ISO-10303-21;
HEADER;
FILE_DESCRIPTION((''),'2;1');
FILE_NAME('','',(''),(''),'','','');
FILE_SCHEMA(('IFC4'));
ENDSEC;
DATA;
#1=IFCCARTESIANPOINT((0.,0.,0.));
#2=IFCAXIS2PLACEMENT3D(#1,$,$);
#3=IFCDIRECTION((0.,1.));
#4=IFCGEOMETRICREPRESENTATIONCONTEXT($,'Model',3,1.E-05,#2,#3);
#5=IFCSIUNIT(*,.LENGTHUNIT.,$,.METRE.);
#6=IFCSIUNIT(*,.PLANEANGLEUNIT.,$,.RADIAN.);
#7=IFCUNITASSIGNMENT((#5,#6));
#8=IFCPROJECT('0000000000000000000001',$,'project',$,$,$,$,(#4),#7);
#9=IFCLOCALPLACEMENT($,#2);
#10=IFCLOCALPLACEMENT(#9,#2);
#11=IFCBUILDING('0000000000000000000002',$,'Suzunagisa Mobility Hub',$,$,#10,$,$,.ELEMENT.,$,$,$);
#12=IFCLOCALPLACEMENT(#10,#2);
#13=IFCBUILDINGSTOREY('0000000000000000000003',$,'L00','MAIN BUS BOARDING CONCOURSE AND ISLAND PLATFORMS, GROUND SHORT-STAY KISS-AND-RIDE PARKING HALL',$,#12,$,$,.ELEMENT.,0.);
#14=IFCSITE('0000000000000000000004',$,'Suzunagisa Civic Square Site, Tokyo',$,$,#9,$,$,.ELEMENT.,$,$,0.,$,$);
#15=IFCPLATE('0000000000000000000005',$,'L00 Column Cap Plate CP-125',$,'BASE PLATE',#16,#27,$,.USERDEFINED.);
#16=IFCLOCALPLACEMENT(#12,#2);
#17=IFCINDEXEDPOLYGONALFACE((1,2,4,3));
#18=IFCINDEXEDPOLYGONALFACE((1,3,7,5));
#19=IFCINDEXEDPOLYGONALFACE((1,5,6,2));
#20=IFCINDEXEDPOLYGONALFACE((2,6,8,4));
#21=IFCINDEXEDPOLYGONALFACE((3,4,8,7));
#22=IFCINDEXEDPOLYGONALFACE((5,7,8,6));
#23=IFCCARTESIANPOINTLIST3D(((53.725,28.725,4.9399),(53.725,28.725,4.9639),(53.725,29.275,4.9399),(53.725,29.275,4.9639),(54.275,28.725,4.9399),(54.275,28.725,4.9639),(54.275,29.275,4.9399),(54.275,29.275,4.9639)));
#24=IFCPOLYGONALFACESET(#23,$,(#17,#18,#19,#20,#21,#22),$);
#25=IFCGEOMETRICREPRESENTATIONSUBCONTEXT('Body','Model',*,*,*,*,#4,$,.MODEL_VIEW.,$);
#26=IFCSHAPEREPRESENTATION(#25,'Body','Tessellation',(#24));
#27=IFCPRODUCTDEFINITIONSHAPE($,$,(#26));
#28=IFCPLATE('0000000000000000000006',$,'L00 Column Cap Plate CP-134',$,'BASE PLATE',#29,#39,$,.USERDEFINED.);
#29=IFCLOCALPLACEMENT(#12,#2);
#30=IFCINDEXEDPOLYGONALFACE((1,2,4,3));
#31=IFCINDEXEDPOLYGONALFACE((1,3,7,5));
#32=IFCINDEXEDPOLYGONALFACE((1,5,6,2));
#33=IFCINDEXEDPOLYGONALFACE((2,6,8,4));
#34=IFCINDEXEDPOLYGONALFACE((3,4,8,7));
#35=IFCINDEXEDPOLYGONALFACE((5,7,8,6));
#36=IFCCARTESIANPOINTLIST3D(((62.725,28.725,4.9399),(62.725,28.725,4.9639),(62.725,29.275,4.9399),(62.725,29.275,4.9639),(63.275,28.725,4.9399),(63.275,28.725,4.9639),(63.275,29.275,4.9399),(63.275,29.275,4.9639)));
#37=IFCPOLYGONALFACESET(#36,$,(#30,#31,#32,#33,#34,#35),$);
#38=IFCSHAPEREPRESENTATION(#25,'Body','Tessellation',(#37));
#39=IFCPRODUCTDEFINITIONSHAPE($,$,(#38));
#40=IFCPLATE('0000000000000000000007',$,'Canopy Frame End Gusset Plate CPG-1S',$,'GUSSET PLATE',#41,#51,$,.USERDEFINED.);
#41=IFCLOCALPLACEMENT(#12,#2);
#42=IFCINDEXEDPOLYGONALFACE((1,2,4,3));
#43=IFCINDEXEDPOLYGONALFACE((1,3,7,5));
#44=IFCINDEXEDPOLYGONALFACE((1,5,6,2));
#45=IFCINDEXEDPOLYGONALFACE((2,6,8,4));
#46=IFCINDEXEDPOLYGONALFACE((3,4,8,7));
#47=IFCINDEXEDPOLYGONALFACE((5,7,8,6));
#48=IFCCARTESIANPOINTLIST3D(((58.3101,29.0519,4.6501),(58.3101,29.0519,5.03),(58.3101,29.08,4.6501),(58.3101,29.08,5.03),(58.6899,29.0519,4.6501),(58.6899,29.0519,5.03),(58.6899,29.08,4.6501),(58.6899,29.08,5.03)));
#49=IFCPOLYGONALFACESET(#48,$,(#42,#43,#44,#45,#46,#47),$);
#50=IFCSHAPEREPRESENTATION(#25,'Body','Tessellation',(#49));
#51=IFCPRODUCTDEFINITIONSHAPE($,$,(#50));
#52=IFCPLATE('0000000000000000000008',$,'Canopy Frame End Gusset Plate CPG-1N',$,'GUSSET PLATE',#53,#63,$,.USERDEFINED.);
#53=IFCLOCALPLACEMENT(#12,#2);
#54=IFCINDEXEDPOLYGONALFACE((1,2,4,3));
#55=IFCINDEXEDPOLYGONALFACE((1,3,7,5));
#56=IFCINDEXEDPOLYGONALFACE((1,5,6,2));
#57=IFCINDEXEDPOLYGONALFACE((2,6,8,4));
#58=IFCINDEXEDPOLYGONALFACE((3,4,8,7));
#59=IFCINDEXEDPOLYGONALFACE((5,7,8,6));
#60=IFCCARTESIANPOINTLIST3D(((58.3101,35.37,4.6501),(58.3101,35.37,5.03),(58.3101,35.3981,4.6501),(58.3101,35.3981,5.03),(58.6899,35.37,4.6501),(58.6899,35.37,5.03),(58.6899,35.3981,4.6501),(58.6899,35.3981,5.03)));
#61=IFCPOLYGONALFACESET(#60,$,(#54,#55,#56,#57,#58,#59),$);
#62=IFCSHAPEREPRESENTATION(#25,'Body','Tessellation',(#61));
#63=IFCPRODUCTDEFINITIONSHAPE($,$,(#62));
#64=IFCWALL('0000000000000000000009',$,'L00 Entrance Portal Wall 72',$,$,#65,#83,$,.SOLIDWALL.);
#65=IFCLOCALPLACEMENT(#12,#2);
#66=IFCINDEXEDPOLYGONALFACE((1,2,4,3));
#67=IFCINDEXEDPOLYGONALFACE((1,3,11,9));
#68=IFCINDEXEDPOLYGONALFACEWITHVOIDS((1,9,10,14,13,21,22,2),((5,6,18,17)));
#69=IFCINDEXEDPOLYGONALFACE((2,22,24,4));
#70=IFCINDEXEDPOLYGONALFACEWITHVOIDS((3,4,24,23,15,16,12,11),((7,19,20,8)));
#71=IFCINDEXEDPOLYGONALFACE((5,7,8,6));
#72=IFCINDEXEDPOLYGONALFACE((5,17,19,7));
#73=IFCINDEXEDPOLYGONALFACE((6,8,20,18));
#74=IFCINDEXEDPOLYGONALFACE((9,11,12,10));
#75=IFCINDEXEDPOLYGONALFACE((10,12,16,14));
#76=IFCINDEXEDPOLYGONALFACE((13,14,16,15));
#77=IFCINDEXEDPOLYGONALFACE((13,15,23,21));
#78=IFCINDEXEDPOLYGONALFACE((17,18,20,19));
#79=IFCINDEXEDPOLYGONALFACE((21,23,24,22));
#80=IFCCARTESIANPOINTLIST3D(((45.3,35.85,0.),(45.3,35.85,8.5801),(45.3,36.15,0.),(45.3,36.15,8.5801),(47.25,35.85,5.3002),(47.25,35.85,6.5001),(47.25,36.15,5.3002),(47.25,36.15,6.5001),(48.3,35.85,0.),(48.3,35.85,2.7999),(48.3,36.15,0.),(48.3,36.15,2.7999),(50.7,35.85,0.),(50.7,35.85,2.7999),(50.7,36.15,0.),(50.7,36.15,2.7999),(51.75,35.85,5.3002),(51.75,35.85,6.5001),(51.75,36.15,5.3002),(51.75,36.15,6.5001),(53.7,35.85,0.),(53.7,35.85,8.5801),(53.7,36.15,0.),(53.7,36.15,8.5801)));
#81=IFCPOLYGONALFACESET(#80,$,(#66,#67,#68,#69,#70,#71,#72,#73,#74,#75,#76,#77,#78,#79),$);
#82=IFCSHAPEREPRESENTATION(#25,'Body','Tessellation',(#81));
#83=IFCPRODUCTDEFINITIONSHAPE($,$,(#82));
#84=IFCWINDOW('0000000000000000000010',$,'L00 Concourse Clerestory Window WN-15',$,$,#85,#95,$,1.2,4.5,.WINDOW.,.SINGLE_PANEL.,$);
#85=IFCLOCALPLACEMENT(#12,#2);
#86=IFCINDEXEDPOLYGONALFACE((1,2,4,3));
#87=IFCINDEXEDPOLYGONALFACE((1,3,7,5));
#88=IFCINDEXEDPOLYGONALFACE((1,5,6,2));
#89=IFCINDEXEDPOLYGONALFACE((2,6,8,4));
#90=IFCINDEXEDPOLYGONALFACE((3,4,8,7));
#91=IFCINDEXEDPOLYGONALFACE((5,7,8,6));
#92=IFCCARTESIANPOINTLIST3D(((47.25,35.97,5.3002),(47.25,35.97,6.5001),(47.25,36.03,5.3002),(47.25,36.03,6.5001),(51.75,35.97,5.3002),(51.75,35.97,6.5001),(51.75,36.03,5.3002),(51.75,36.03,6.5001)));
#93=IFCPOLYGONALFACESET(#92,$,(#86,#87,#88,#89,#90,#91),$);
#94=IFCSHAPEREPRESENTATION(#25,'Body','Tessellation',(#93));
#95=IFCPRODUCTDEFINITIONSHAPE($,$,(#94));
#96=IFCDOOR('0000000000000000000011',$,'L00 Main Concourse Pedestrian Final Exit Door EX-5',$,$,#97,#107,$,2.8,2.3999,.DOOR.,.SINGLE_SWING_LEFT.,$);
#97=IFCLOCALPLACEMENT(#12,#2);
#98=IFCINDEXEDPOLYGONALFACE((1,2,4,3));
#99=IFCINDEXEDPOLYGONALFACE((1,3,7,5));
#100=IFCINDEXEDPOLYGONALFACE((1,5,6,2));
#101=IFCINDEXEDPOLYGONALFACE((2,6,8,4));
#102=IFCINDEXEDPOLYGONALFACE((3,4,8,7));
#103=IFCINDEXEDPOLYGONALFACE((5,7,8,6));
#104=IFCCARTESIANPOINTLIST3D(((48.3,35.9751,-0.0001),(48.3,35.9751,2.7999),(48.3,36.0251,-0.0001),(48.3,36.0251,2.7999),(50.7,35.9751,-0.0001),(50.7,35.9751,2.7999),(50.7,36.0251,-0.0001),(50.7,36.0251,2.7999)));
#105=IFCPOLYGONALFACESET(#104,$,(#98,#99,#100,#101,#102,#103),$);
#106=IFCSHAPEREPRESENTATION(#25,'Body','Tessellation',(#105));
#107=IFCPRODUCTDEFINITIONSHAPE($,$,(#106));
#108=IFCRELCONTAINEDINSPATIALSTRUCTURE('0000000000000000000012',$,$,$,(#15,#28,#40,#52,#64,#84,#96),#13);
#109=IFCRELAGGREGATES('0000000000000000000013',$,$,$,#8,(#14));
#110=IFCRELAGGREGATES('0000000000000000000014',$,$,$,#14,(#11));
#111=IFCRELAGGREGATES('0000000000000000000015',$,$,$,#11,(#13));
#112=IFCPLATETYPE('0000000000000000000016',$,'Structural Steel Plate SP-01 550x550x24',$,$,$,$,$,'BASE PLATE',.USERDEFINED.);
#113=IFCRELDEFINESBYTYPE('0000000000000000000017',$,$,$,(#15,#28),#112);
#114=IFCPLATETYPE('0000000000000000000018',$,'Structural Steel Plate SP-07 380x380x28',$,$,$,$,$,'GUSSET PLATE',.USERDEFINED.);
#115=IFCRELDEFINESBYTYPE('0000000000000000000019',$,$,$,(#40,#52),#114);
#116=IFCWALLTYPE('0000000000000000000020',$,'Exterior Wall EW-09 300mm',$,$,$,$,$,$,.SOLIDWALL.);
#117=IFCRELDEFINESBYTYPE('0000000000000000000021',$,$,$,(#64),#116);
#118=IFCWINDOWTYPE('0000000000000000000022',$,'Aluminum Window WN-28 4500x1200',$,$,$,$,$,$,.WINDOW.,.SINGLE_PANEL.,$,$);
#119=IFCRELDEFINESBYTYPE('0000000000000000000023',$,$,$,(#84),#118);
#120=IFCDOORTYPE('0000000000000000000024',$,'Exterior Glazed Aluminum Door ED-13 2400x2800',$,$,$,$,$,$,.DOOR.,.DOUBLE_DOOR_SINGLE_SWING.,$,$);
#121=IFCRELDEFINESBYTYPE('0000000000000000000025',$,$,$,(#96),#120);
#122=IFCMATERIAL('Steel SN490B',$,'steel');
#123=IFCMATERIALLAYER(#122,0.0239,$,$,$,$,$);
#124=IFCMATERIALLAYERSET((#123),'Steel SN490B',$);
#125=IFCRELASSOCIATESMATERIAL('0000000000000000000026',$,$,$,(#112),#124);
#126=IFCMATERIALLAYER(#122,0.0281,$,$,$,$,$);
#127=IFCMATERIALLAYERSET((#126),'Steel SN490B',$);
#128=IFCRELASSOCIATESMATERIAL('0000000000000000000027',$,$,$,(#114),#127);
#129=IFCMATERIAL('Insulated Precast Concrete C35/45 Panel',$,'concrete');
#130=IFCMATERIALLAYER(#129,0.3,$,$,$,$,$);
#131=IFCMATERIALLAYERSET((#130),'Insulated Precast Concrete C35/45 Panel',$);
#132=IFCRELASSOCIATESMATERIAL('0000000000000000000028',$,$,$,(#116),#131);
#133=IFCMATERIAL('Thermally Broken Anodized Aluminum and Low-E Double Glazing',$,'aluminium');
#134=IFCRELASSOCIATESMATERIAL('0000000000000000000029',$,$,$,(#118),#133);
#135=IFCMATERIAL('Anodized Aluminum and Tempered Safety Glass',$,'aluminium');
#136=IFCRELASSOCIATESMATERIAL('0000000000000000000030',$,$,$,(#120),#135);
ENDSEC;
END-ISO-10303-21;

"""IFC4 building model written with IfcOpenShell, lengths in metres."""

from ifc_helpers import new_model, si_unit, direction, frame, frame_2d, origin, origin_2d, place, context, subcontext, project, spatial, rectangle, extrude, material, layer, layer_set, type_object, element, fill, save


model = new_model("IFC4")

# Units and contexts
model_context = context("Model", 3, precision=1e-05, world=origin(), true_north=direction((0.0, 1.0)))
body_context = subcontext(model_context, "Body", "Model", "MODEL_VIEW")
ifc_project = project(units=[si_unit("LENGTHUNIT", "METRE"), si_unit("PLANEANGLEUNIT", "RADIAN")], contexts=[model_context])

# Site, building, storey
site_placement = place(None, origin())
site = spatial("IfcSite", under=ifc_project, at=site_placement, Name="Suzunagisa Civic Square Site, Tokyo", CompositionType="ELEMENT", RefElevation=0.0)
building_placement = place(site_placement, origin())
building = spatial("IfcBuilding", under=site, at=building_placement, Name="Suzunagisa Mobility Hub", CompositionType="ELEMENT")
storey_placement = place(building_placement, origin())
storey = spatial("IfcBuildingStorey", under=building, at=storey_placement, Name="L00", Description="MAIN BUS BOARDING CONCOURSE AND ISLAND PLATFORMS, GROUND SHORT-STAY KISS-AND-RIDE PARKING HALL", CompositionType="ELEMENT", Elevation=0.0)

# Shared definitions
ifc_material_1 = material(Name="Steel SN490B", Category="steel")

# Plates
ifc_layer_1 = layer(ifc_material_1, 0.0239)
ifc_layer_set_1 = layer_set([ifc_layer_1], Name="Steel SN490B")
plate_type_1 = type_object("IfcPlateType", Name="Structural Steel Plate SP-01 550x550x24", ElementType="BASE PLATE", PredefinedType="USERDEFINED", material=ifc_layer_set_1)
for number, where, z_axis, x_axis, name in (
    (1, (54.0, 29.0, 4.9399), (0.0, 0.0, 1.0), (1.0, 0.0, 0.0), "L00 Column Cap Plate CP-125"),
    (2, (63.0, 29.0, 4.9399), (0.0, 0.0, 1.0), (1.0, 0.0, 0.0), "L00 Column Cap Plate CP-134"),
):
    element("IfcPlate", number, at=place(storey_placement, frame(where, z_axis=z_axis, x_axis=x_axis)), inside=storey, type_object=plate_type_1, Name=name, ObjectType="BASE PLATE", PredefinedType="USERDEFINED", context=body_context, shape_type="SweptSolid", body=[
        extrude(rectangle(XDim=0.55, YDim=0.55, at=origin_2d()), origin(), (0.0, 0.0, 1.0), 0.0239),
    ])
ifc_layer_2 = layer(ifc_material_1, 0.0281)
ifc_layer_set_2 = layer_set([ifc_layer_2], Name="Steel SN490B")
plate_type_2 = type_object("IfcPlateType", Name="Structural Steel Plate SP-07 380x380x28", ElementType="GUSSET PLATE", PredefinedType="USERDEFINED", material=ifc_layer_set_2)
for number, where, z_axis, x_axis, name in (
    (3, (58.5, 29.0659, 4.6501), (0.0, 0.0, 1.0), (1.0, 0.0, 0.0), "Canopy Frame End Gusset Plate CPG-1S"),
    (4, (58.5, 35.384, 4.6501), (0.0, 0.0, 1.0), (1.0, 0.0, 0.0), "Canopy Frame End Gusset Plate CPG-1N"),
):
    element("IfcPlate", number, at=place(storey_placement, frame(where, z_axis=z_axis, x_axis=x_axis)), inside=storey, type_object=plate_type_2, Name=name, ObjectType="GUSSET PLATE", PredefinedType="USERDEFINED", context=body_context, shape_type="SweptSolid", body=[
        extrude(rectangle(XDim=0.3799, YDim=0.0281, at=origin_2d()), origin(), (0.0, 0.0, 1.0), 0.3799),
    ])

# Wall, openings, window, door
ifc_material_2 = material(Name="Insulated Precast Concrete C35/45 Panel", Category="concrete")
ifc_layer_3 = layer(ifc_material_2, 0.3)
ifc_layer_set_3 = layer_set([ifc_layer_3], Name="Insulated Precast Concrete C35/45 Panel")
wall_type = type_object("IfcWallType", Name="Exterior Wall EW-09 300mm", PredefinedType="SOLIDWALL", material=ifc_layer_set_3)
wall_placement = place(storey_placement, frame((45.3, 36.0, 0.0), z_axis=(0.0, 0.0, 1.0), x_axis=(1.0, 0.0, 0.0)))
wall = element("IfcWall", 5, at=wall_placement, inside=storey, type_object=wall_type, Name="L00 Entrance Portal Wall 72", PredefinedType="SOLIDWALL", context=body_context, shape_type="SweptSolid", body=[
    extrude(rectangle(XDim=8.3999, YDim=0.3, at=frame_2d((4.2, 0.0))), origin(), (0.0, 0.0, 1.0), 8.5801),
])
opening_1_placement = place(wall_placement, frame((5.3999, 0.0, 0.0), z_axis=(0.0, 0.0, 1.0), x_axis=(-1.0, 0.0, 0.0)))
opening_1 = element("IfcOpeningElement", 6, at=opening_1_placement, cuts=wall, PredefinedType="OPENING", context=body_context, shape_type="SweptSolid", body=[
    extrude(rectangle(XDim=2.3999, YDim=2.8, at=frame_2d((1.2, 1.3999))), frame((0.0, 0.1611, 0.0), z_axis=(0.0, -1.0, 0.0), x_axis=(1.0, 0.0, 0.0)), (0.0, 0.0, 1.0), 0.322),
])
opening_2_placement = place(wall_placement, frame((1.95, 0.0, 5.3)))
opening_2 = element("IfcOpeningElement", 7, at=opening_2_placement, cuts=wall, PredefinedType="OPENING", context=body_context, shape_type="SweptSolid", body=[
    extrude(rectangle(XDim=4.5, YDim=1.2, at=frame_2d((2.25, 0.6001))), frame((0.0, 0.1611, 0.0), z_axis=(0.0, -1.0, 0.0), x_axis=(1.0, 0.0, 0.0)), (0.0, 0.0, 1.0), 0.322),
])
ifc_material_3 = material(Name="Thermally Broken Anodized Aluminum and Low-E Double Glazing", Category="aluminium")
window_type = type_object("IfcWindowType", Name="Aluminum Window WN-28 4500x1200", PartitioningType="SINGLE_PANEL", PredefinedType="WINDOW", material=ifc_material_3)
window_placement = place(opening_2_placement, origin())
window = element("IfcWindow", 8, at=window_placement, inside=storey, type_object=window_type, Name="L00 Concourse Clerestory Window WN-15", OverallHeight=1.2, OverallWidth=4.5, PartitioningType="SINGLE_PANEL", PredefinedType="WINDOW", context=body_context, shape_type="SweptSolid", body=[
    extrude(rectangle(XDim=4.5, YDim=1.2, at=frame_2d((2.25, 0.6001))), frame((0.0, 0.03, 0.0), z_axis=(0.0, -1.0, 0.0), x_axis=(1.0, 0.0, 0.0)), (0.0, 0.0, 1.0), 0.0601),
])
fill(opening_2, window)
ifc_material_4 = material(Name="Anodized Aluminum and Tempered Safety Glass", Category="aluminium")
door_type = type_object("IfcDoorType", Name="Exterior Glazed Aluminum Door ED-13 2400x2800", OperationType="DOUBLE_DOOR_SINGLE_SWING", PredefinedType="DOOR", material=ifc_material_4)
door_placement = place(opening_1_placement, origin())
door = element("IfcDoor", 9, at=door_placement, inside=storey, type_object=door_type, Name="L00 Main Concourse Pedestrian Final Exit Door EX-5", OperationType="SINGLE_SWING_LEFT", OverallHeight=2.8, OverallWidth=2.3999, PredefinedType="DOOR", context=body_context, shape_type="SweptSolid", body=[
    extrude(rectangle(XDim=2.3999, YDim=2.8, at=frame_2d((1.2, 1.3999))), frame((0.0, 0.0249, 0.0), z_axis=(0.0, -1.0, 0.0), x_axis=(1.0, 0.0, 0.0)), (0.0, 0.0, 1.0), 0.05),
])
fill(opening_1, door)

save(model, "model.ifc")
